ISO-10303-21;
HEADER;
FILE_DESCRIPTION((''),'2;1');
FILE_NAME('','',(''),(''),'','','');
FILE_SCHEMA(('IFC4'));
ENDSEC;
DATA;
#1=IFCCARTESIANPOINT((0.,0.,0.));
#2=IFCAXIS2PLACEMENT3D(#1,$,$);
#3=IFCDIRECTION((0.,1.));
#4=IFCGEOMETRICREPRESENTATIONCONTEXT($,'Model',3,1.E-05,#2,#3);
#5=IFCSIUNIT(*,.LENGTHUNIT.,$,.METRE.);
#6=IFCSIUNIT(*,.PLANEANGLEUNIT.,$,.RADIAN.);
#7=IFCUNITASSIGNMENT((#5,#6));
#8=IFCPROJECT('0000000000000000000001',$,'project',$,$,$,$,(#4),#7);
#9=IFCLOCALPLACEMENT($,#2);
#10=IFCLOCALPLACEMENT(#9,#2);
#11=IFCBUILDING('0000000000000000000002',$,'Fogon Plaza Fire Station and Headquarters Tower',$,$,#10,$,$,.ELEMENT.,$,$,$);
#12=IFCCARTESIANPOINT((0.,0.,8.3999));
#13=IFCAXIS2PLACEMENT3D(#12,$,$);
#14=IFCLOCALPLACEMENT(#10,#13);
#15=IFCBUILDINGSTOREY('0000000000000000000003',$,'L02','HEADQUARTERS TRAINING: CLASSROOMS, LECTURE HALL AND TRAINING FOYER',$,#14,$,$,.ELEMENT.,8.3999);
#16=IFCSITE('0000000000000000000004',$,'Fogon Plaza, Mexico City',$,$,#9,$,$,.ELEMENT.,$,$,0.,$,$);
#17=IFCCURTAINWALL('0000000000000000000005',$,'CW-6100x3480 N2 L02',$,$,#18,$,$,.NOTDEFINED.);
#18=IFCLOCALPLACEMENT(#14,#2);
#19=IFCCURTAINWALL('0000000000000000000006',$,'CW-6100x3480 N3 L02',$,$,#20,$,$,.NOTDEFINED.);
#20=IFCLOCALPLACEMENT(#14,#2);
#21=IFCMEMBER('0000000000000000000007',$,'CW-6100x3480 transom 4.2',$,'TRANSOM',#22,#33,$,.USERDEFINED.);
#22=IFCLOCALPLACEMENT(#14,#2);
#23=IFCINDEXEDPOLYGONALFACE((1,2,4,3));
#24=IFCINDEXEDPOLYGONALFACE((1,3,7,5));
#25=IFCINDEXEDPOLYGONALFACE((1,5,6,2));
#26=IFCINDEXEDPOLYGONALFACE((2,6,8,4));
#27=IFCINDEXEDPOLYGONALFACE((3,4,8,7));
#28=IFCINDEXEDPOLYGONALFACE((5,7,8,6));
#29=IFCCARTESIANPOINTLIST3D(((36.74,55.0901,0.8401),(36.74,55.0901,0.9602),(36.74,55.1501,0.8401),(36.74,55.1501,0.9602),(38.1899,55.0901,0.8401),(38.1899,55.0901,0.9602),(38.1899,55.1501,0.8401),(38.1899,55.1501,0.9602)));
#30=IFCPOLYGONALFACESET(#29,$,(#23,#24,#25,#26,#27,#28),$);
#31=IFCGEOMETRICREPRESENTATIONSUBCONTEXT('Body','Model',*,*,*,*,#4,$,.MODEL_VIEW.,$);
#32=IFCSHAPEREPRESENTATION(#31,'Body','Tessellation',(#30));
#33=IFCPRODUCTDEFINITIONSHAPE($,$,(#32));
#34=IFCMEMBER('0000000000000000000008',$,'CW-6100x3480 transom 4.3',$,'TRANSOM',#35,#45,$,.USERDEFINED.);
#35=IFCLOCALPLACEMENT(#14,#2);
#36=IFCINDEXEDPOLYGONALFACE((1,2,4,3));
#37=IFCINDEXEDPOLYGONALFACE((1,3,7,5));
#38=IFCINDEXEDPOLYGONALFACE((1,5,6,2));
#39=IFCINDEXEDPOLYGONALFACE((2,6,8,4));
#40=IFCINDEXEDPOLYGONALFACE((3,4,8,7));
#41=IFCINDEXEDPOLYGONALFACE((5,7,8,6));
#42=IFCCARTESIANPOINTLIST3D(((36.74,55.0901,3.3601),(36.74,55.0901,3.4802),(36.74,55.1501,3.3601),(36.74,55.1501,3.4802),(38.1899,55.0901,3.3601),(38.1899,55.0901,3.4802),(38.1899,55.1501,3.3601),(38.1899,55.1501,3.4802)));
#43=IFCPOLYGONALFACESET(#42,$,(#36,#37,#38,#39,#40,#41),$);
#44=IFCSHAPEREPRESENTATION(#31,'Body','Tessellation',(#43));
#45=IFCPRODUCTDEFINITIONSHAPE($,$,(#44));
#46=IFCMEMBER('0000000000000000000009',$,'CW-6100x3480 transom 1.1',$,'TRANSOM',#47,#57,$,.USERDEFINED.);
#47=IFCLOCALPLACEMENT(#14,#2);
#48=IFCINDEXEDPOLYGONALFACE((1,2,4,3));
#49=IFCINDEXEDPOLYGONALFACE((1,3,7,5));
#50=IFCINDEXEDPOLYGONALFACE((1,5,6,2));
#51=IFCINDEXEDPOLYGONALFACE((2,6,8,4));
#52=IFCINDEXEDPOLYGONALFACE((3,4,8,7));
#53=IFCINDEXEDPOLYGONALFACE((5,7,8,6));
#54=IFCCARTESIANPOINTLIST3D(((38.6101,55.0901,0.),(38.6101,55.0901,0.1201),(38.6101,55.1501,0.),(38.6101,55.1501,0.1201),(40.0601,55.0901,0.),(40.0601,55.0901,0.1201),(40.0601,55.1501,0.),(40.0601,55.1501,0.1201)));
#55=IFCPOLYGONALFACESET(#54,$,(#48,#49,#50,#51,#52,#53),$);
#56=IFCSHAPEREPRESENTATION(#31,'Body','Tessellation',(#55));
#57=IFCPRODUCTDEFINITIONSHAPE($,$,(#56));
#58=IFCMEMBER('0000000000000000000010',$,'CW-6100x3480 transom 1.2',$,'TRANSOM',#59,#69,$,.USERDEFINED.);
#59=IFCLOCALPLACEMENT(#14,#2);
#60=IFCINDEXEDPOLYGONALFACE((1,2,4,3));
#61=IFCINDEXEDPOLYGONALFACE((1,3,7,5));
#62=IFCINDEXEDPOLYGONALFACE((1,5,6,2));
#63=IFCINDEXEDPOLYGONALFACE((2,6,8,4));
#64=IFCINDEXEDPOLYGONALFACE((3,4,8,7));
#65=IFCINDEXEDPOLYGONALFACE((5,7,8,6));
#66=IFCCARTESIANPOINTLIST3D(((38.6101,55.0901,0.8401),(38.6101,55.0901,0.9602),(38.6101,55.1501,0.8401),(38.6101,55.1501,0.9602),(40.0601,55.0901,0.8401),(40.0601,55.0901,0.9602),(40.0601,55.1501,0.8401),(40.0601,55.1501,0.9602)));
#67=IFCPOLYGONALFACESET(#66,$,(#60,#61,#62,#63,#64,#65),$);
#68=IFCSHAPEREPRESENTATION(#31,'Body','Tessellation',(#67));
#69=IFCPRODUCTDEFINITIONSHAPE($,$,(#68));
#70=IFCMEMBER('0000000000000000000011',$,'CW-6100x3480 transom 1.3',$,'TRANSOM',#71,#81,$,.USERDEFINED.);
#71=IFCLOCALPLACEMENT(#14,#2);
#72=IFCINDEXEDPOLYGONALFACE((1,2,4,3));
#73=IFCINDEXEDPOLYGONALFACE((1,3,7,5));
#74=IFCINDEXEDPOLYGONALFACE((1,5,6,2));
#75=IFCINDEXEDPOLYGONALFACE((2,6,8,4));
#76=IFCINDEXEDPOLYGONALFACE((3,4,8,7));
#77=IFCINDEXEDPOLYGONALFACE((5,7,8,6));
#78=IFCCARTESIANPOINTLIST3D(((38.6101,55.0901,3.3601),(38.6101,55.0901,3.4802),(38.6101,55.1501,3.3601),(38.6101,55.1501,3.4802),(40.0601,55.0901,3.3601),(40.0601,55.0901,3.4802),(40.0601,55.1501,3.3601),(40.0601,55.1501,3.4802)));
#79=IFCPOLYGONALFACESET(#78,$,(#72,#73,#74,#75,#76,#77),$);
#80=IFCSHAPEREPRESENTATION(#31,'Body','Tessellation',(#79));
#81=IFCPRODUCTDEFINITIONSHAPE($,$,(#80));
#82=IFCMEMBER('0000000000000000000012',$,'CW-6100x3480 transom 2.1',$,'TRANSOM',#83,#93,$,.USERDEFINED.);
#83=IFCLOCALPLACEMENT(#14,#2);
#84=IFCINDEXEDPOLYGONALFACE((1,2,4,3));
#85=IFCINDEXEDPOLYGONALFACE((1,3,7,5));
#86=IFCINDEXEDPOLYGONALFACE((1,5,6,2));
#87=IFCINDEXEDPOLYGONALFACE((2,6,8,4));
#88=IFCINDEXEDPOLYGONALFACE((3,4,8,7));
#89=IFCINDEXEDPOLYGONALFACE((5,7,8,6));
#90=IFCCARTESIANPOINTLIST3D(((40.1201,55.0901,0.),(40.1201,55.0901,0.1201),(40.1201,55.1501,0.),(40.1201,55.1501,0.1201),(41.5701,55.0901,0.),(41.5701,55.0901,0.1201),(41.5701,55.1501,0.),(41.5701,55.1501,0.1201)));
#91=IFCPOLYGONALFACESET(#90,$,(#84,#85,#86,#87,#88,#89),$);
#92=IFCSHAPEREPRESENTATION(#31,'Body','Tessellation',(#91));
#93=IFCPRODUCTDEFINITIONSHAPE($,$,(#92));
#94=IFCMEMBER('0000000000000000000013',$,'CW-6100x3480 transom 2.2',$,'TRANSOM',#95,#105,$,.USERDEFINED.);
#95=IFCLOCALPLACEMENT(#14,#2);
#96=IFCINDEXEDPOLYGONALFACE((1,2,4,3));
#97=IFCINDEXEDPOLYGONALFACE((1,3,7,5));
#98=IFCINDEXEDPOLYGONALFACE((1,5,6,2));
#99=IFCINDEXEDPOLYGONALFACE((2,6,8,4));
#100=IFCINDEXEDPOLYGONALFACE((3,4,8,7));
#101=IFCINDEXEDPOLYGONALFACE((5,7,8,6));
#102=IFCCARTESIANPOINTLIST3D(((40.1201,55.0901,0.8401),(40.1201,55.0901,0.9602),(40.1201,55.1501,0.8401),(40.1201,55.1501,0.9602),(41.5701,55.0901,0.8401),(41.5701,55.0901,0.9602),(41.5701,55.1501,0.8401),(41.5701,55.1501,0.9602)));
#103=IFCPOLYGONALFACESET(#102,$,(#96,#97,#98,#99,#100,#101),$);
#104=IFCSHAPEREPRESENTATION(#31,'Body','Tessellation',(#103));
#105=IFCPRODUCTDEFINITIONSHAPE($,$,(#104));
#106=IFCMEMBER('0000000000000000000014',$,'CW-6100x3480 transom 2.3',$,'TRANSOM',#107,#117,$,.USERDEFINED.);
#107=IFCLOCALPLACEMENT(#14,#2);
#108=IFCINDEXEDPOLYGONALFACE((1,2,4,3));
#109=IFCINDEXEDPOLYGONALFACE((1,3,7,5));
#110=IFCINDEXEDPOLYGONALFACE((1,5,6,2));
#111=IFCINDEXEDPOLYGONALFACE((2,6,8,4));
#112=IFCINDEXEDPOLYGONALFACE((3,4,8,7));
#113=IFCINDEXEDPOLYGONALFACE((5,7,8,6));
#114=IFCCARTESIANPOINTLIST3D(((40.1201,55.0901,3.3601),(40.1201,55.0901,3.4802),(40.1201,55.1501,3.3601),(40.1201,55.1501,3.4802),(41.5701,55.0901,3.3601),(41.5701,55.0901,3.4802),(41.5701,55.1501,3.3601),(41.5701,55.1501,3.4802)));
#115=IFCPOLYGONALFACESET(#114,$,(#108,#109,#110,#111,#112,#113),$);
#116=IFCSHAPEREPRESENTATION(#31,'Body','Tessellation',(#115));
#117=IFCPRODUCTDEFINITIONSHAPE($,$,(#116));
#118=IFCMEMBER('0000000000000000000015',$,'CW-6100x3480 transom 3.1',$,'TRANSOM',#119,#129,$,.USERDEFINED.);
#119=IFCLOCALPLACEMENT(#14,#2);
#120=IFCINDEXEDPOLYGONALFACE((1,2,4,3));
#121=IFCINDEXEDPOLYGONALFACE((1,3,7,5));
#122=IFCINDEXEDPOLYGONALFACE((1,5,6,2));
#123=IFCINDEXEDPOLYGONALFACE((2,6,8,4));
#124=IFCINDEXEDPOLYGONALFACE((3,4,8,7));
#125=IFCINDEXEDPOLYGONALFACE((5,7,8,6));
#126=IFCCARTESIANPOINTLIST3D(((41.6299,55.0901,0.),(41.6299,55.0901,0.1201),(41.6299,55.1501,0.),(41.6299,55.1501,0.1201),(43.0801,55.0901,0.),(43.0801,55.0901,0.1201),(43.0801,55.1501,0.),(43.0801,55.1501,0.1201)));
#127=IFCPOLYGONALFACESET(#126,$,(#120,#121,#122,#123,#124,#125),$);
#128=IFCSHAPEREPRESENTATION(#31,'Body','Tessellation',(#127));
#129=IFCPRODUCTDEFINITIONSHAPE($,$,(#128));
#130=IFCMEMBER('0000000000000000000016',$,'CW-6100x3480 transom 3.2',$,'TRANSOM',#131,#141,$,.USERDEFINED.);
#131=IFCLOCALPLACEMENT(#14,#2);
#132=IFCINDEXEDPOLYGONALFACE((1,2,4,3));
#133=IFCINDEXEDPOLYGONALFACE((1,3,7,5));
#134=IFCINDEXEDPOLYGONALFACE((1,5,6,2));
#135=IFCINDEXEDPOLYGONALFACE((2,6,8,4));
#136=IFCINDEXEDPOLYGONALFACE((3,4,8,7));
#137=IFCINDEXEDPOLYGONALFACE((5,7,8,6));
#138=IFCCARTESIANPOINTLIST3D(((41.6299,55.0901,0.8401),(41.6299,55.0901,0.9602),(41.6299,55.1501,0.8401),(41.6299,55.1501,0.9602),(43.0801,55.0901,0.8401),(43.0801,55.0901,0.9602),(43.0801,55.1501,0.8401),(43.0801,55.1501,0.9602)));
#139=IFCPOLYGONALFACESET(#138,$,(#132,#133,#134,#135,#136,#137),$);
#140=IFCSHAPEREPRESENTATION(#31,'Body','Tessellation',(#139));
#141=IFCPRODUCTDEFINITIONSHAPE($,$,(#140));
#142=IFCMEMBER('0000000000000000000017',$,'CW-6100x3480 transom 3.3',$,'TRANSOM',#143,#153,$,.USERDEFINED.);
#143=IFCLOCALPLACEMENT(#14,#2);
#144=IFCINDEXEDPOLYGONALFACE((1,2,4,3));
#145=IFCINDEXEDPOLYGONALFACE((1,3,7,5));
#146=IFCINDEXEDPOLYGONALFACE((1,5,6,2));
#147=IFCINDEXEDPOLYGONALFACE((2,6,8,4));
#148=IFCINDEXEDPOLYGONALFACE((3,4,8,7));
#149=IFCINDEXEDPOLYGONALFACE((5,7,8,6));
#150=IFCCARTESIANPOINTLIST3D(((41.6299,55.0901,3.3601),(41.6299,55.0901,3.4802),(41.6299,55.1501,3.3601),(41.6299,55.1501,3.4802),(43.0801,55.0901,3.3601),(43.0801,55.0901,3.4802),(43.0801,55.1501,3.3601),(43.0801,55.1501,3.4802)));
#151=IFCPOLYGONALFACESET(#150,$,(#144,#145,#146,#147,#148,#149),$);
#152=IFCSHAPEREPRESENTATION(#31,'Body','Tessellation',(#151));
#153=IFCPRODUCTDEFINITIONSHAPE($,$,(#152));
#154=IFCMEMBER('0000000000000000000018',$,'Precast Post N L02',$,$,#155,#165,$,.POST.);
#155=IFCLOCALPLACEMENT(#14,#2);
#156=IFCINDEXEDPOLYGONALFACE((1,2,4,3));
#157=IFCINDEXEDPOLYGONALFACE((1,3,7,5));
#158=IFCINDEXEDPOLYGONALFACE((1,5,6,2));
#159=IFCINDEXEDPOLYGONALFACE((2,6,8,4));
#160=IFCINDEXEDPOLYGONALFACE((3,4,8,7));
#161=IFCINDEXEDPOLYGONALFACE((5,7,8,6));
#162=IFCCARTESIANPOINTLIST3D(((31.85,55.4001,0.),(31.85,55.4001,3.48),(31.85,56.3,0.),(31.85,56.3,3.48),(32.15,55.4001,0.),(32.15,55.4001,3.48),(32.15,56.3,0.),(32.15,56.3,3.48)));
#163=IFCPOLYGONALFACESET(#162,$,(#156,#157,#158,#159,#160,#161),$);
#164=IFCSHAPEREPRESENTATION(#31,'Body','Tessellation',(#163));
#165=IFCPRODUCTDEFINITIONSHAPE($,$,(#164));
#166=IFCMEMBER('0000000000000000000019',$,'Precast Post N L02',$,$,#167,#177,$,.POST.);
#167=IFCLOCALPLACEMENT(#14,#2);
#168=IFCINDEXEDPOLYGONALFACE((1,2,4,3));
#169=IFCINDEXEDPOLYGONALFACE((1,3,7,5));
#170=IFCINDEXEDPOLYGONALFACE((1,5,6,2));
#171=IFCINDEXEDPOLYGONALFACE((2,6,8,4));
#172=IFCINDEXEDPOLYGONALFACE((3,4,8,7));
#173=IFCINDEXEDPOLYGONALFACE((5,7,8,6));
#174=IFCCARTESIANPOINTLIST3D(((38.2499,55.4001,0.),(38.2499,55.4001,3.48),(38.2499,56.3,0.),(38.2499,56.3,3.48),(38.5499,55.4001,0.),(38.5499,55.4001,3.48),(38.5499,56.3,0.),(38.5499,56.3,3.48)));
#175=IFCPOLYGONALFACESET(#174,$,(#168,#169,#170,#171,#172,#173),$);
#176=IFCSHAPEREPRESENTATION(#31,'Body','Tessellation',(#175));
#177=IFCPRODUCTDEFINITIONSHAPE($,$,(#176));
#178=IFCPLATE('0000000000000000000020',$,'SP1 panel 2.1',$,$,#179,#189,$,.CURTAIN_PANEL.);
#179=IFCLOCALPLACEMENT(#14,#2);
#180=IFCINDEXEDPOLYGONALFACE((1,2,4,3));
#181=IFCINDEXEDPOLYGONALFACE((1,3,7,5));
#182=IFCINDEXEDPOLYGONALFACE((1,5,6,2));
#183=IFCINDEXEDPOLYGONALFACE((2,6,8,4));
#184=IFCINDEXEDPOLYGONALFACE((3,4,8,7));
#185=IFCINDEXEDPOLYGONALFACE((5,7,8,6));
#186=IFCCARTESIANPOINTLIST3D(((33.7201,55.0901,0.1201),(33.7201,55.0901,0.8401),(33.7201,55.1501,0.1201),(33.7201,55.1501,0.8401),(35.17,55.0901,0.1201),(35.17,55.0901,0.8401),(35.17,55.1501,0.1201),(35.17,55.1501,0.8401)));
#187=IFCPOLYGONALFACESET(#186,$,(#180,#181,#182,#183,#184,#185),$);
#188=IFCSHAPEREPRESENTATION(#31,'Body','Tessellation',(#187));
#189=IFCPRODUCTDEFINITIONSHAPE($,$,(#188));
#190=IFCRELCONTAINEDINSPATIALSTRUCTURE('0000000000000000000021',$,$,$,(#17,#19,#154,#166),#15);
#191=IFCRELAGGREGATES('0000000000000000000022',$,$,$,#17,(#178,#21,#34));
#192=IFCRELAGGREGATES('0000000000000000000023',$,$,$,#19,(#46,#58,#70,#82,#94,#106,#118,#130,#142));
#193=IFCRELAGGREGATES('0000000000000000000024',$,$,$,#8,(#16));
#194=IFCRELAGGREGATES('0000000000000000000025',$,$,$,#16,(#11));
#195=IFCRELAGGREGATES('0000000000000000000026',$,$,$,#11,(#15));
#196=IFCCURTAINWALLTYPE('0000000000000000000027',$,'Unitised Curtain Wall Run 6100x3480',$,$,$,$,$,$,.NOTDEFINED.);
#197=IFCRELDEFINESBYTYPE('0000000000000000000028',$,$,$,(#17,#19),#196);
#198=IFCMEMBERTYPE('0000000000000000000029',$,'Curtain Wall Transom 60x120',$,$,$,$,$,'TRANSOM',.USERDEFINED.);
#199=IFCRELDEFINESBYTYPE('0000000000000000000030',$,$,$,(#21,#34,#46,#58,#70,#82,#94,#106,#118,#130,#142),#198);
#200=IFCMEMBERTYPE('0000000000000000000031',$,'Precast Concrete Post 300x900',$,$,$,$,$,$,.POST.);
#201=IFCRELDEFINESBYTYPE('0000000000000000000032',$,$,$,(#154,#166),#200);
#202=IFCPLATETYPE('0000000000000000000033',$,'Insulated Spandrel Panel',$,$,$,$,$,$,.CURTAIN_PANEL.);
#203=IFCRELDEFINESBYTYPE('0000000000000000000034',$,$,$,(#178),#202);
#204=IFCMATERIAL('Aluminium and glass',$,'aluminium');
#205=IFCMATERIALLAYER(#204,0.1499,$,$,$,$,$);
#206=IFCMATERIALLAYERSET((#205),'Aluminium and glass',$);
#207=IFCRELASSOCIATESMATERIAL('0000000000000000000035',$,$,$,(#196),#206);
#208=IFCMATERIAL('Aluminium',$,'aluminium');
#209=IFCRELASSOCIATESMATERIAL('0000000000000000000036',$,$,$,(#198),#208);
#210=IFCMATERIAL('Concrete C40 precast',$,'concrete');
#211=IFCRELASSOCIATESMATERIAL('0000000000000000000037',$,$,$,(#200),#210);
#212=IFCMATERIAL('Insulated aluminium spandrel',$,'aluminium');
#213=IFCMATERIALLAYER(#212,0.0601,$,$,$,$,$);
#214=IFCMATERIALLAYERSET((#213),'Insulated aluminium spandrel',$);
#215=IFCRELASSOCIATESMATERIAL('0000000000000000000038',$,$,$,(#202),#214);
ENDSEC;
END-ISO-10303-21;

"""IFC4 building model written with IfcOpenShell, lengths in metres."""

from ifc_helpers import new_model, si_unit, direction, frame, origin, origin_2d, place, context, subcontext, project, spatial, rectangle, extrude, material, layer, layer_set, material_profile, profile_set, type_object, element, aggregate, save


model = new_model("IFC4")

# Units and contexts
model_context = context("Model", 3, precision=1e-05, world=origin(), true_north=direction((0.0, 1.0)))
body_context = subcontext(model_context, "Body", "Model", "MODEL_VIEW")
ifc_project = project(units=[si_unit("LENGTHUNIT", "METRE"), si_unit("PLANEANGLEUNIT", "RADIAN")], contexts=[model_context])

# Site, building, storey
site_placement = place(None, origin())
site = spatial("IfcSite", under=ifc_project, at=site_placement, Name="Fogon Plaza, Mexico City", CompositionType="ELEMENT", RefElevation=0.0)
building_placement = place(site_placement, origin())
building = spatial("IfcBuilding", under=site, at=building_placement, Name="Fogon Plaza Fire Station and Headquarters Tower", CompositionType="ELEMENT")
storey_placement = place(building_placement, frame((0.0, 0.0, 8.3999)))
storey = spatial("IfcBuildingStorey", under=building, at=storey_placement, Name="L02", Description="HEADQUARTERS TRAINING: CLASSROOMS, LECTURE HALL AND TRAINING FOYER", CompositionType="ELEMENT", Elevation=8.3999)

# Curtain walls
ifc_material_1 = material(Name="Aluminium and glass", Category="aluminium")
ifc_layer_1 = layer(ifc_material_1, 0.1499)
ifc_layer_set_1 = layer_set([ifc_layer_1], Name="Aluminium and glass")
curtain_wall_type = type_object("IfcCurtainWallType", Name="Unitised Curtain Wall Run 6100x3480", PredefinedType="NOTDEFINED", material=ifc_layer_set_1)
curtain_wall_1_placement = place(storey_placement, origin())
curtain_wall_1 = element("IfcCurtainWall", 1, at=curtain_wall_1_placement, inside=storey, type_object=curtain_wall_type, Name="CW-6100x3480 N2 L02", PredefinedType="NOTDEFINED")
curtain_wall_2_placement = place(storey_placement, origin())
curtain_wall_2 = element("IfcCurtainWall", 2, at=curtain_wall_2_placement, inside=storey, type_object=curtain_wall_type, Name="CW-6100x3480 N3 L02", PredefinedType="NOTDEFINED")

# Members
ifc_material_2 = material(Name="Aluminium", Category="aluminium")
ifc_material_profile_1 = material_profile(ifc_material_2, rectangle(XDim=0.0601, YDim=0.1201, at=origin_2d()), Name="Curtain Wall Transom 60x120")
ifc_profile_set_1 = profile_set([ifc_material_profile_1], Name="Aluminium")
member_type_1 = type_object("IfcMemberType", Name="Curtain Wall Transom 60x120", ElementType="TRANSOM", PredefinedType="USERDEFINED", material=ifc_profile_set_1)
member_1_placement = place(storey_placement, frame((36.74, 55.1201, 0.9001), z_axis=(1.0, 0.0, 0.0), x_axis=(0.0, 1.0, 0.0)))
member_1 = element("IfcMember", 3, at=member_1_placement, type_object=member_type_1, Name="CW-6100x3480 transom 4.2", ObjectType="TRANSOM", PredefinedType="USERDEFINED", context=body_context, shape_type="SweptSolid", body=[
    extrude(rectangle(XDim=0.0601, YDim=0.1201, at=origin_2d()), origin(), (0.0, 0.0, 1.0), 1.45),
])
member_2_placement = place(storey_placement, frame((36.74, 55.1201, 3.4202), z_axis=(1.0, 0.0, 0.0), x_axis=(0.0, 1.0, 0.0)))
member_2 = element("IfcMember", 4, at=member_2_placement, type_object=member_type_1, Name="CW-6100x3480 transom 4.3", ObjectType="TRANSOM", PredefinedType="USERDEFINED", context=body_context, shape_type="SweptSolid", body=[
    extrude(rectangle(XDim=0.0601, YDim=0.1201, at=origin_2d()), origin(), (0.0, 0.0, 1.0), 1.45),
])
member_3_placement = place(storey_placement, frame((38.6101, 55.1201, 0.0601), z_axis=(1.0, 0.0, 0.0), x_axis=(0.0, 1.0, 0.0)))
member_3 = element("IfcMember", 5, at=member_3_placement, type_object=member_type_1, Name="CW-6100x3480 transom 1.1", ObjectType="TRANSOM", PredefinedType="USERDEFINED", context=body_context, shape_type="SweptSolid", body=[
    extrude(rectangle(XDim=0.0601, YDim=0.1201, at=origin_2d()), origin(), (0.0, 0.0, 1.0), 1.45),
])
member_4_placement = place(storey_placement, frame((38.6101, 55.1201, 0.9001), z_axis=(1.0, 0.0, 0.0), x_axis=(0.0, 1.0, 0.0)))
member_4 = element("IfcMember", 6, at=member_4_placement, type_object=member_type_1, Name="CW-6100x3480 transom 1.2", ObjectType="TRANSOM", PredefinedType="USERDEFINED", context=body_context, shape_type="SweptSolid", body=[
    extrude(rectangle(XDim=0.0601, YDim=0.1201, at=origin_2d()), origin(), (0.0, 0.0, 1.0), 1.45),
])
member_5_placement = place(storey_placement, frame((38.6101, 55.1201, 3.4202), z_axis=(1.0, 0.0, 0.0), x_axis=(0.0, 1.0, 0.0)))
member_5 = element("IfcMember", 7, at=member_5_placement, type_object=member_type_1, Name="CW-6100x3480 transom 1.3", ObjectType="TRANSOM", PredefinedType="USERDEFINED", context=body_context, shape_type="SweptSolid", body=[
    extrude(rectangle(XDim=0.0601, YDim=0.1201, at=origin_2d()), origin(), (0.0, 0.0, 1.0), 1.45),
])
member_6_placement = place(storey_placement, frame((40.1201, 55.1201, 0.0601), z_axis=(1.0, 0.0, 0.0), x_axis=(0.0, 1.0, 0.0)))
member_6 = element("IfcMember", 8, at=member_6_placement, type_object=member_type_1, Name="CW-6100x3480 transom 2.1", ObjectType="TRANSOM", PredefinedType="USERDEFINED", context=body_context, shape_type="SweptSolid", body=[
    extrude(rectangle(XDim=0.0601, YDim=0.1201, at=origin_2d()), origin(), (0.0, 0.0, 1.0), 1.45),
])
member_7_placement = place(storey_placement, frame((40.1201, 55.1201, 0.9001), z_axis=(1.0, 0.0, 0.0), x_axis=(0.0, 1.0, 0.0)))
member_7 = element("IfcMember", 9, at=member_7_placement, type_object=member_type_1, Name="CW-6100x3480 transom 2.2", ObjectType="TRANSOM", PredefinedType="USERDEFINED", context=body_context, shape_type="SweptSolid", body=[
    extrude(rectangle(XDim=0.0601, YDim=0.1201, at=origin_2d()), origin(), (0.0, 0.0, 1.0), 1.45),
])
member_8_placement = place(storey_placement, frame((40.1201, 55.1201, 3.4202), z_axis=(1.0, 0.0, 0.0), x_axis=(0.0, 1.0, 0.0)))
member_8 = element("IfcMember", 10, at=member_8_placement, type_object=member_type_1, Name="CW-6100x3480 transom 2.3", ObjectType="TRANSOM", PredefinedType="USERDEFINED", context=body_context, shape_type="SweptSolid", body=[
    extrude(rectangle(XDim=0.0601, YDim=0.1201, at=origin_2d()), origin(), (0.0, 0.0, 1.0), 1.45),
])
member_9_placement = place(storey_placement, frame((41.6299, 55.1201, 0.0601), z_axis=(1.0, 0.0, 0.0), x_axis=(0.0, 1.0, 0.0)))
member_9 = element("IfcMember", 11, at=member_9_placement, type_object=member_type_1, Name="CW-6100x3480 transom 3.1", ObjectType="TRANSOM", PredefinedType="USERDEFINED", context=body_context, shape_type="SweptSolid", body=[
    extrude(rectangle(XDim=0.0601, YDim=0.1201, at=origin_2d()), origin(), (0.0, 0.0, 1.0), 1.4502),
])
member_10_placement = place(storey_placement, frame((41.6299, 55.1201, 0.9001), z_axis=(1.0, 0.0, 0.0), x_axis=(0.0, 1.0, 0.0)))
member_10 = element("IfcMember", 12, at=member_10_placement, type_object=member_type_1, Name="CW-6100x3480 transom 3.2", ObjectType="TRANSOM", PredefinedType="USERDEFINED", context=body_context, shape_type="SweptSolid", body=[
    extrude(rectangle(XDim=0.0601, YDim=0.1201, at=origin_2d()), origin(), (0.0, 0.0, 1.0), 1.4502),
])
member_11_placement = place(storey_placement, frame((41.6299, 55.1201, 3.4202), z_axis=(1.0, 0.0, 0.0), x_axis=(0.0, 1.0, 0.0)))
member_11 = element("IfcMember", 13, at=member_11_placement, type_object=member_type_1, Name="CW-6100x3480 transom 3.3", ObjectType="TRANSOM", PredefinedType="USERDEFINED", context=body_context, shape_type="SweptSolid", body=[
    extrude(rectangle(XDim=0.0601, YDim=0.1201, at=origin_2d()), origin(), (0.0, 0.0, 1.0), 1.4502),
])

# Members
ifc_material_3 = material(Name="Concrete C40 precast", Category="concrete")
ifc_material_profile_2 = material_profile(ifc_material_3, rectangle(XDim=0.3, YDim=0.8999, at=origin_2d()), Name="Precast Concrete Post 300x900")
ifc_profile_set_2 = profile_set([ifc_material_profile_2], Name="Concrete C40 precast")
member_type_2 = type_object("IfcMemberType", Name="Precast Concrete Post 300x900", PredefinedType="POST", material=ifc_profile_set_2)
for number, where, z_axis, x_axis, name in (
    (14, (32.0, 55.8501, 0.0), (0.0, 0.0, 1.0), (1.0, 0.0, 0.0), "Precast Post N L02"),
    (15, (38.3999, 55.8501, 0.0), (0.0, 0.0, 1.0), (1.0, 0.0, 0.0), "Precast Post N L02"),
):
    element("IfcMember", number, at=place(storey_placement, frame(where, z_axis=z_axis, x_axis=x_axis)), inside=storey, type_object=member_type_2, Name=name, PredefinedType="POST", context=body_context, shape_type="SweptSolid", body=[
        extrude(rectangle(XDim=0.3, YDim=0.8999, at=origin_2d()), origin(), (0.0, 0.0, 1.0), 3.48),
    ])

# Plate
ifc_material_4 = material(Name="Insulated aluminium spandrel", Category="aluminium")
ifc_layer_2 = layer(ifc_material_4, 0.0601)
ifc_layer_set_2 = layer_set([ifc_layer_2], Name="Insulated aluminium spandrel")
plate_type_1 = type_object("IfcPlateType", Name="Insulated Spandrel Panel", PredefinedType="CURTAIN_PANEL", material=ifc_layer_set_2)
plate_1_placement = place(storey_placement, frame((34.4451, 55.1201, 0.1201), z_axis=(0.0, 0.0, 1.0), x_axis=(1.0, 0.0, 0.0)))
plate_1 = element("IfcPlate", 16, at=plate_1_placement, type_object=plate_type_1, Name="SP1 panel 2.1", PredefinedType="CURTAIN_PANEL", context=body_context, shape_type="SweptSolid", body=[
    extrude(rectangle(XDim=1.45, YDim=0.0601, at=origin_2d()), origin(), (0.0, 0.0, 1.0), 0.72),
])
aggregate(curtain_wall_1, [plate_1, member_1, member_2])
aggregate(curtain_wall_2, [member_3, member_4, member_5, member_6, member_7, member_8, member_9, member_10, member_11])

save(model, "model.ifc")
